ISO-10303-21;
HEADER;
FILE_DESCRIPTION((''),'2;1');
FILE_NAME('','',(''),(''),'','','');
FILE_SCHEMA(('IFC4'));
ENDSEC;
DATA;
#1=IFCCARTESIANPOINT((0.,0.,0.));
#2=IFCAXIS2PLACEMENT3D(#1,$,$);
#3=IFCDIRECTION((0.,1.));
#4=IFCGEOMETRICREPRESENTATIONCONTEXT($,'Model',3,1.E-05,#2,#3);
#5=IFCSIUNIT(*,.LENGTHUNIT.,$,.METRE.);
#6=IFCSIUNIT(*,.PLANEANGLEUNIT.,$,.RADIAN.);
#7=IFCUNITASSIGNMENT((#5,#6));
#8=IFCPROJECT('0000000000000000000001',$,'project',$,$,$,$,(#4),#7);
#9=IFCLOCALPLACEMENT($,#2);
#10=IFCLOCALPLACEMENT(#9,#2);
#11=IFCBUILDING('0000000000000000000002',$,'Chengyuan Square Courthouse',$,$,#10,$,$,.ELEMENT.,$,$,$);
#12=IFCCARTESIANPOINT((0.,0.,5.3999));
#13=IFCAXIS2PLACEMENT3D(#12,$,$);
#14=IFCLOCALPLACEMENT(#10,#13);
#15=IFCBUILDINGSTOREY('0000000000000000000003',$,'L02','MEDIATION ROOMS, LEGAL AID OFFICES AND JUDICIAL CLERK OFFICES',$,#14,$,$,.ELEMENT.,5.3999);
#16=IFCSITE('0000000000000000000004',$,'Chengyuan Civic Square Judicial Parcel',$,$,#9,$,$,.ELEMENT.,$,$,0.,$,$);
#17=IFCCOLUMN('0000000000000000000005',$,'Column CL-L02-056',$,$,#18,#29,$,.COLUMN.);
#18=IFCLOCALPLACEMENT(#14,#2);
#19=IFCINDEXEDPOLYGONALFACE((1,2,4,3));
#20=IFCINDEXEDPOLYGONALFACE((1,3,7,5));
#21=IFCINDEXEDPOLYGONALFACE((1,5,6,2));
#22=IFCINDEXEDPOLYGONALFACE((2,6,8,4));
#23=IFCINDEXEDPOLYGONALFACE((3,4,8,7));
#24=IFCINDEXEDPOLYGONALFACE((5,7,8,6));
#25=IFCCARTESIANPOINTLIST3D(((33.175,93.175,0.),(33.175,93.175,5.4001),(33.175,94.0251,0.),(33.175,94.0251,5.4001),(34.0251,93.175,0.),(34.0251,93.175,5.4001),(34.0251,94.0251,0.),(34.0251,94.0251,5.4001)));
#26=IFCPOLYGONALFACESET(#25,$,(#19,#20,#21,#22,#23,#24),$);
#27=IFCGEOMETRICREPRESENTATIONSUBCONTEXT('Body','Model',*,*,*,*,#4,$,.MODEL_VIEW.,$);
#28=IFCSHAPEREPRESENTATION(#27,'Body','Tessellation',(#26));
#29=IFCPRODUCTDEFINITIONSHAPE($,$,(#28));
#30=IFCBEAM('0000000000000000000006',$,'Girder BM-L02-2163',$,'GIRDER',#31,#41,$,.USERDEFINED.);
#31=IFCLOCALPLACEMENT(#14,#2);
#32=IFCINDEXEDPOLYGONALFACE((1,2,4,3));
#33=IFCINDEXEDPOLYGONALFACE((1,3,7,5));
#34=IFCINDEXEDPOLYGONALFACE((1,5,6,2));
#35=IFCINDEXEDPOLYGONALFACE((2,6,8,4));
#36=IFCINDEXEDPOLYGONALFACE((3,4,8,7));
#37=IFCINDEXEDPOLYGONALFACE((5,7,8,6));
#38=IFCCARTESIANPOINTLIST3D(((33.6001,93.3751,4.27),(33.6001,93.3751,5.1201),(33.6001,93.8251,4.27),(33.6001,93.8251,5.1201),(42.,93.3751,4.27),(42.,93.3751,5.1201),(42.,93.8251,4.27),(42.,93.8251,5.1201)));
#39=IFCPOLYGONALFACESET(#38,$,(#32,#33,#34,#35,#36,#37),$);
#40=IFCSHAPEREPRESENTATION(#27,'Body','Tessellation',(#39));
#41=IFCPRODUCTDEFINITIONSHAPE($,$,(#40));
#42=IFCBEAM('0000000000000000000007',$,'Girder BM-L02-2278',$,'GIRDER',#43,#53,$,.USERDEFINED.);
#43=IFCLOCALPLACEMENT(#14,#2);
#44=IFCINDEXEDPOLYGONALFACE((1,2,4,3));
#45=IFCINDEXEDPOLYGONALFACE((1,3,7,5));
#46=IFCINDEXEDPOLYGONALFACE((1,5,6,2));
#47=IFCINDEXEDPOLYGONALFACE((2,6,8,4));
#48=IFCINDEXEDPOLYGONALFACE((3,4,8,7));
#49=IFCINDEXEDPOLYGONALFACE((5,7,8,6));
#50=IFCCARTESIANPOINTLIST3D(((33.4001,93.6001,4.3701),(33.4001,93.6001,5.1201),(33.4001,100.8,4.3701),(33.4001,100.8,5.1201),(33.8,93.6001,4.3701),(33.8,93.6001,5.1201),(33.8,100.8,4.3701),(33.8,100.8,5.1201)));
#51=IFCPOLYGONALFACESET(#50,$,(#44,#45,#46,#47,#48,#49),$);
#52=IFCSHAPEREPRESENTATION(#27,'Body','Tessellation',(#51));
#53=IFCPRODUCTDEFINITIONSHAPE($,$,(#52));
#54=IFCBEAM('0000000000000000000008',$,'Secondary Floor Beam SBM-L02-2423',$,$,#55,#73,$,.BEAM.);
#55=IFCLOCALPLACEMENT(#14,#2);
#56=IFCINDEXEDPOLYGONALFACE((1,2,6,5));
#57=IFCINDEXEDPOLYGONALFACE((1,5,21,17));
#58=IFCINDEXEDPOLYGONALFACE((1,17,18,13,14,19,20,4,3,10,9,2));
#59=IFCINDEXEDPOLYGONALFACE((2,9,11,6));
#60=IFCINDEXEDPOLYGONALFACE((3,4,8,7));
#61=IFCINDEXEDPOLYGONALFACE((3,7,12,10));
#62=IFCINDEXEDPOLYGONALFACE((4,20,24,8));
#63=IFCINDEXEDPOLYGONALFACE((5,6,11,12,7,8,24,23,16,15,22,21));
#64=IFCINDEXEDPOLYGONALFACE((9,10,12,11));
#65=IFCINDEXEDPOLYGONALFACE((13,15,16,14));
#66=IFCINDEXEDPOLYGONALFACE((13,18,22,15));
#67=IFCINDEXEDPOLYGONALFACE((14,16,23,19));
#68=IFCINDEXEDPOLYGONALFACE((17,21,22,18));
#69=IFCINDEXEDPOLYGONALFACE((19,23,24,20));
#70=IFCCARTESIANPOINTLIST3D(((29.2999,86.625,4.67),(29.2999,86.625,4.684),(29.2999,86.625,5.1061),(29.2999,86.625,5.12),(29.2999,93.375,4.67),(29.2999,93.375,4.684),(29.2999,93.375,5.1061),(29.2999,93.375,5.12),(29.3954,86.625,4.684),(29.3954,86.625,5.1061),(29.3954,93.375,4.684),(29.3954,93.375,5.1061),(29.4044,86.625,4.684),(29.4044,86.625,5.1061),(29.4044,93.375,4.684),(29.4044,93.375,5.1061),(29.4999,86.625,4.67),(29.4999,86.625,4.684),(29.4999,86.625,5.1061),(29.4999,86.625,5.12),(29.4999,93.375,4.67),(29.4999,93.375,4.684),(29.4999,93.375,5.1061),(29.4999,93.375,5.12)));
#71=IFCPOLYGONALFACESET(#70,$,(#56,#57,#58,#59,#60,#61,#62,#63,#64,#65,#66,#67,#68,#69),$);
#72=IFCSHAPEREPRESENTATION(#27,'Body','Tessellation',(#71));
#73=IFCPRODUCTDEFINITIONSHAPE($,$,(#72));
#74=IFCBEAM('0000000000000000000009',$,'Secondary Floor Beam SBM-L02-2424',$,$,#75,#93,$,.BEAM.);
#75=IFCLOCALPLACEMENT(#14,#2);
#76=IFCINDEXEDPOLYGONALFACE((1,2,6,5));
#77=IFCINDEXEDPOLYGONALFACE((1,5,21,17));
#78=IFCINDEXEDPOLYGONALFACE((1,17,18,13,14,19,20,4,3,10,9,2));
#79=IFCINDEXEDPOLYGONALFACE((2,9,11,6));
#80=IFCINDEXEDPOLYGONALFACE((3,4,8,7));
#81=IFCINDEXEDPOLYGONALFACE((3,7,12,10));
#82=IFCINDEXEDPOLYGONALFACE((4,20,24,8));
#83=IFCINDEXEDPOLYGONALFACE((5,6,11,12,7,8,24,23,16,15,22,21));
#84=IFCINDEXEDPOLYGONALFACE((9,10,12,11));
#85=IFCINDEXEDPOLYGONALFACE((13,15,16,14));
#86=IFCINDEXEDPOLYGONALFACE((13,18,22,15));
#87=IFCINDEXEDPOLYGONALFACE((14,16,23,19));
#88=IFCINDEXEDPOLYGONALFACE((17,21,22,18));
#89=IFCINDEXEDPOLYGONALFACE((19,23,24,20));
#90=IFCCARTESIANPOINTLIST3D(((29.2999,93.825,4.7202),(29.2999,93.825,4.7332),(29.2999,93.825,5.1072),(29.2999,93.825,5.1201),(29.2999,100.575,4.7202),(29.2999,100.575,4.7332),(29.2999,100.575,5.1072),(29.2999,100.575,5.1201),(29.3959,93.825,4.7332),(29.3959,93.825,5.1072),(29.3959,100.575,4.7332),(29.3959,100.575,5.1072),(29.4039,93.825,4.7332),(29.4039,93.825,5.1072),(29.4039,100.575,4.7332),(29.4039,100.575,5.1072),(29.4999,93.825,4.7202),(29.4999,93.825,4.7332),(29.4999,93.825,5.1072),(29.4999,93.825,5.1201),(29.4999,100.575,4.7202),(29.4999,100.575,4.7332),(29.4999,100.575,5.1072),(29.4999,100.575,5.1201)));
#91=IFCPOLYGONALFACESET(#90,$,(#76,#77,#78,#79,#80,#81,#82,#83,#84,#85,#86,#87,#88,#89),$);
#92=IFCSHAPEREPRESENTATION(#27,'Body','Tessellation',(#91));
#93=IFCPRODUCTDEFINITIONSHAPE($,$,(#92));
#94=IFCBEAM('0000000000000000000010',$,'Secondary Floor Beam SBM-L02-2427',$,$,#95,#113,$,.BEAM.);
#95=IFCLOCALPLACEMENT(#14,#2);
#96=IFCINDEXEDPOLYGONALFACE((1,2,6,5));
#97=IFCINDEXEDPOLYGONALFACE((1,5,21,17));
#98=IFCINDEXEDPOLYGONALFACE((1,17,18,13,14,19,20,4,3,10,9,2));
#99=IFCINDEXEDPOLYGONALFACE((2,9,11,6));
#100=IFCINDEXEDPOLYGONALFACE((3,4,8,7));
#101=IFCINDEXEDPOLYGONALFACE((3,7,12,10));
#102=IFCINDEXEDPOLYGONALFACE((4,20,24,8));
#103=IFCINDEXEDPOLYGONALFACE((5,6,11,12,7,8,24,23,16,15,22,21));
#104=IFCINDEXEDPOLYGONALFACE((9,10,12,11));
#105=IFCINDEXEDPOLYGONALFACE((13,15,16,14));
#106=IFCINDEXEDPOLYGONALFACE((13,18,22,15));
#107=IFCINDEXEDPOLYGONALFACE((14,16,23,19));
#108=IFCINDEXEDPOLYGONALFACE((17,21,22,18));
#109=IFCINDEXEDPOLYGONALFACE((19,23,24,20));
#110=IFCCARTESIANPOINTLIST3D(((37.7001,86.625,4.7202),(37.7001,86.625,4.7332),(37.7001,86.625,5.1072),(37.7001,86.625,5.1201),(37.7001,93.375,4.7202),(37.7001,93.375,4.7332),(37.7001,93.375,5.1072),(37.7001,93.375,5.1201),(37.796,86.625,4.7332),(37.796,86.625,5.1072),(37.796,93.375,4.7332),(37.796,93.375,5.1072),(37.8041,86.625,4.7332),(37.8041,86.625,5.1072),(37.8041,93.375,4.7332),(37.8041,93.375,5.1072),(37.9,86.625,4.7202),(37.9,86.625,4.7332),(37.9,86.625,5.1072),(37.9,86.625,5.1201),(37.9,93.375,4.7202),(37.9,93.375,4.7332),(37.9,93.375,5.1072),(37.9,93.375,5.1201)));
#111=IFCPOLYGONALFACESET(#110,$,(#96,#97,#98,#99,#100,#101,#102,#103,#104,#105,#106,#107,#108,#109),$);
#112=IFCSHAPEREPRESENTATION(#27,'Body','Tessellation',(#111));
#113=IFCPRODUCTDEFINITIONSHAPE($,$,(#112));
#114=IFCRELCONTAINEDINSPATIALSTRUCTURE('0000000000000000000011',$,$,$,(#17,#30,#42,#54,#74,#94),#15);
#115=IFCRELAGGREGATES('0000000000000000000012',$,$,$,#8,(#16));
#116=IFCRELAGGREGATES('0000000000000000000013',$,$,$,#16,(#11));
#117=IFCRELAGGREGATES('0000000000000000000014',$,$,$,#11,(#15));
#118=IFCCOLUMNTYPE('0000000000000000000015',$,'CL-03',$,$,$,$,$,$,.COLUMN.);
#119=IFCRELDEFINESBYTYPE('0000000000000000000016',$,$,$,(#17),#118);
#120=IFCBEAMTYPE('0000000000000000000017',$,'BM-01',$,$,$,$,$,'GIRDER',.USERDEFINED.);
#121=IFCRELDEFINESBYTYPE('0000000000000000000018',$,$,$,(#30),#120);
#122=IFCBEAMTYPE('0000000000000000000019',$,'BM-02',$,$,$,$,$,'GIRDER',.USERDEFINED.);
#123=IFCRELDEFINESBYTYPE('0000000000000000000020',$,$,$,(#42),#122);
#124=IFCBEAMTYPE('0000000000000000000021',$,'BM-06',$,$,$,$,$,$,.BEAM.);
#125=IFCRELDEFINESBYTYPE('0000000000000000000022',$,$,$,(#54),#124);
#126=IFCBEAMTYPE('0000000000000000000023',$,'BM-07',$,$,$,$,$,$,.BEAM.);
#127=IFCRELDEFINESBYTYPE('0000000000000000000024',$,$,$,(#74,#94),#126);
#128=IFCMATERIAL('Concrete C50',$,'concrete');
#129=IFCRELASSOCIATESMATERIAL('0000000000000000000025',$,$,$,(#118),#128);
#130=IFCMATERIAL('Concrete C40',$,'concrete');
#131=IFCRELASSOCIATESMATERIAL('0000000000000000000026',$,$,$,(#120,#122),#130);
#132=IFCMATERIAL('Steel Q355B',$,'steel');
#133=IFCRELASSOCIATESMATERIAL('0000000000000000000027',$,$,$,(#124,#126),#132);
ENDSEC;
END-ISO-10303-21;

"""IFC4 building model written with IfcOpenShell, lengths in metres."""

from ifc_helpers import new_model, si_unit, direction, frame, origin, origin_2d, place, context, subcontext, project, spatial, rectangle, i_section, extrude, material, material_profile, profile_set, type_object, element, save


model = new_model("IFC4")

# Units and contexts
model_context = context("Model", 3, precision=1e-05, world=origin(), true_north=direction((0.0, 1.0)))
body_context = subcontext(model_context, "Body", "Model", "MODEL_VIEW")
ifc_project = project(units=[si_unit("LENGTHUNIT", "METRE"), si_unit("PLANEANGLEUNIT", "RADIAN")], contexts=[model_context])

# Site, building, storey
site_placement = place(None, origin())
site = spatial("IfcSite", under=ifc_project, at=site_placement, Name="Chengyuan Civic Square Judicial Parcel", CompositionType="ELEMENT", RefElevation=0.0)
building_placement = place(site_placement, origin())
building = spatial("IfcBuilding", under=site, at=building_placement, Name="Chengyuan Square Courthouse", CompositionType="ELEMENT")
storey_placement = place(building_placement, frame((0.0, 0.0, 5.3999)))
storey = spatial("IfcBuildingStorey", under=building, at=storey_placement, Name="L02", Description="MEDIATION ROOMS, LEGAL AID OFFICES AND JUDICIAL CLERK OFFICES", CompositionType="ELEMENT", Elevation=5.3999)

# Column
ifc_material_1 = material(Name="Concrete C50", Category="concrete")
ifc_material_profile_1 = material_profile(ifc_material_1, rectangle(XDim=0.8501, YDim=0.8501, at=origin_2d()), Name="RC-COL-850x850")
ifc_profile_set_1 = profile_set([ifc_material_profile_1], Name="Concrete C50")
column_type = type_object("IfcColumnType", Name="CL-03", PredefinedType="COLUMN", material=ifc_profile_set_1)
column_placement = place(storey_placement, frame((33.6001, 93.6001, 0.0), z_axis=(0.0, 0.0, 1.0), x_axis=(1.0, 0.0, 0.0)))
element("IfcColumn", 1, at=column_placement, inside=storey, type_object=column_type, Name="Column CL-L02-056", PredefinedType="COLUMN", context=body_context, shape_type="SweptSolid", body=[
    extrude(rectangle(XDim=0.8501, YDim=0.8501, at=origin_2d()), origin(), (0.0, 0.0, 1.0), 5.4001),
])

# Beams
ifc_material_2 = material(Name="Concrete C40", Category="concrete")
ifc_material_profile_2 = material_profile(ifc_material_2, rectangle(XDim=0.45, YDim=0.8501, at=origin_2d()), Name="RC-BM-450x850")
ifc_profile_set_2 = profile_set([ifc_material_profile_2], Name="Concrete C40")
beam_type_1 = type_object("IfcBeamType", Name="BM-01", ElementType="GIRDER", PredefinedType="USERDEFINED", material=ifc_profile_set_2)
beam_1_placement = place(storey_placement, frame((33.6001, 93.6001, 4.6951), z_axis=(1.0, 0.0, 0.0), x_axis=(0.0, 1.0, 0.0)))
element("IfcBeam", 2, at=beam_1_placement, inside=storey, type_object=beam_type_1, Name="Girder BM-L02-2163", ObjectType="GIRDER", PredefinedType="USERDEFINED", context=body_context, shape_type="SweptSolid", body=[
    extrude(rectangle(XDim=0.45, YDim=0.8501, at=origin_2d()), origin(), (0.0, 0.0, 1.0), 8.3999),
])
ifc_material_profile_3 = material_profile(ifc_material_2, rectangle(XDim=0.3999, YDim=0.75, at=origin_2d()), Name="RC-BM-400x750")
ifc_profile_set_3 = profile_set([ifc_material_profile_3], Name="Concrete C40")
beam_type_2 = type_object("IfcBeamType", Name="BM-02", ElementType="GIRDER", PredefinedType="USERDEFINED", material=ifc_profile_set_3)
beam_2_placement = place(storey_placement, frame((33.6001, 93.6001, 4.7451), z_axis=(0.0, 1.0, 0.0), x_axis=(-1.0, 0.0, 0.0)))
element("IfcBeam", 3, at=beam_2_placement, inside=storey, type_object=beam_type_2, Name="Girder BM-L02-2278", ObjectType="GIRDER", PredefinedType="USERDEFINED", context=body_context, shape_type="SweptSolid", body=[
    extrude(rectangle(XDim=0.3999, YDim=0.75, at=origin_2d()), origin(), (0.0, 0.0, 1.0), 7.2),
])
ifc_material_3 = material(Name="Steel Q355B", Category="steel")
ifc_material_profile_4 = material_profile(ifc_material_3, i_section(OverallWidth=0.2, OverallDepth=0.45, WebThickness=0.009, FlangeThickness=0.0139, at=origin_2d()), Name="HN 450x200x9x14")
ifc_profile_set_4 = profile_set([ifc_material_profile_4], Name="Steel Q355B")
beam_type_3 = type_object("IfcBeamType", Name="BM-06", PredefinedType="BEAM", material=ifc_profile_set_4)
beam_3_placement = place(storey_placement, frame((29.3999, 86.625, 4.895), z_axis=(0.0, 1.0, 0.0), x_axis=(-1.0, 0.0, 0.0)))
element("IfcBeam", 4, at=beam_3_placement, inside=storey, type_object=beam_type_3, Name="Secondary Floor Beam SBM-L02-2423", PredefinedType="BEAM", context=body_context, shape_type="SweptSolid", body=[
    extrude(i_section(OverallWidth=0.2, OverallDepth=0.45, WebThickness=0.009, FlangeThickness=0.0139, at=origin_2d()), origin(), (0.0, 0.0, 1.0), 6.75),
])
ifc_material_profile_5 = material_profile(ifc_material_3, i_section(OverallWidth=0.2, OverallDepth=0.3999, WebThickness=0.0081, FlangeThickness=0.0129, at=origin_2d()), Name="HN 400x200x8x13")
ifc_profile_set_5 = profile_set([ifc_material_profile_5], Name="Steel Q355B")
beam_type_4 = type_object("IfcBeamType", Name="BM-07", PredefinedType="BEAM", material=ifc_profile_set_5)
for number, where, z_axis, x_axis, name in (
    (5, (29.3999, 93.825, 4.9202), (0.0, 1.0, 0.0), (-1.0, 0.0, 0.0), "Secondary Floor Beam SBM-L02-2424"),
    (6, (37.8, 86.625, 4.9202), (0.0, 1.0, 0.0), (-1.0, 0.0, 0.0), "Secondary Floor Beam SBM-L02-2427"),
):
    element("IfcBeam", number, at=place(storey_placement, frame(where, z_axis=z_axis, x_axis=x_axis)), inside=storey, type_object=beam_type_4, Name=name, PredefinedType="BEAM", context=body_context, shape_type="SweptSolid", body=[
        extrude(i_section(OverallWidth=0.2, OverallDepth=0.3999, WebThickness=0.0081, FlangeThickness=0.0129, at=origin_2d()), origin(), (0.0, 0.0, 1.0), 6.75),
    ])

save(model, "model.ifc")
